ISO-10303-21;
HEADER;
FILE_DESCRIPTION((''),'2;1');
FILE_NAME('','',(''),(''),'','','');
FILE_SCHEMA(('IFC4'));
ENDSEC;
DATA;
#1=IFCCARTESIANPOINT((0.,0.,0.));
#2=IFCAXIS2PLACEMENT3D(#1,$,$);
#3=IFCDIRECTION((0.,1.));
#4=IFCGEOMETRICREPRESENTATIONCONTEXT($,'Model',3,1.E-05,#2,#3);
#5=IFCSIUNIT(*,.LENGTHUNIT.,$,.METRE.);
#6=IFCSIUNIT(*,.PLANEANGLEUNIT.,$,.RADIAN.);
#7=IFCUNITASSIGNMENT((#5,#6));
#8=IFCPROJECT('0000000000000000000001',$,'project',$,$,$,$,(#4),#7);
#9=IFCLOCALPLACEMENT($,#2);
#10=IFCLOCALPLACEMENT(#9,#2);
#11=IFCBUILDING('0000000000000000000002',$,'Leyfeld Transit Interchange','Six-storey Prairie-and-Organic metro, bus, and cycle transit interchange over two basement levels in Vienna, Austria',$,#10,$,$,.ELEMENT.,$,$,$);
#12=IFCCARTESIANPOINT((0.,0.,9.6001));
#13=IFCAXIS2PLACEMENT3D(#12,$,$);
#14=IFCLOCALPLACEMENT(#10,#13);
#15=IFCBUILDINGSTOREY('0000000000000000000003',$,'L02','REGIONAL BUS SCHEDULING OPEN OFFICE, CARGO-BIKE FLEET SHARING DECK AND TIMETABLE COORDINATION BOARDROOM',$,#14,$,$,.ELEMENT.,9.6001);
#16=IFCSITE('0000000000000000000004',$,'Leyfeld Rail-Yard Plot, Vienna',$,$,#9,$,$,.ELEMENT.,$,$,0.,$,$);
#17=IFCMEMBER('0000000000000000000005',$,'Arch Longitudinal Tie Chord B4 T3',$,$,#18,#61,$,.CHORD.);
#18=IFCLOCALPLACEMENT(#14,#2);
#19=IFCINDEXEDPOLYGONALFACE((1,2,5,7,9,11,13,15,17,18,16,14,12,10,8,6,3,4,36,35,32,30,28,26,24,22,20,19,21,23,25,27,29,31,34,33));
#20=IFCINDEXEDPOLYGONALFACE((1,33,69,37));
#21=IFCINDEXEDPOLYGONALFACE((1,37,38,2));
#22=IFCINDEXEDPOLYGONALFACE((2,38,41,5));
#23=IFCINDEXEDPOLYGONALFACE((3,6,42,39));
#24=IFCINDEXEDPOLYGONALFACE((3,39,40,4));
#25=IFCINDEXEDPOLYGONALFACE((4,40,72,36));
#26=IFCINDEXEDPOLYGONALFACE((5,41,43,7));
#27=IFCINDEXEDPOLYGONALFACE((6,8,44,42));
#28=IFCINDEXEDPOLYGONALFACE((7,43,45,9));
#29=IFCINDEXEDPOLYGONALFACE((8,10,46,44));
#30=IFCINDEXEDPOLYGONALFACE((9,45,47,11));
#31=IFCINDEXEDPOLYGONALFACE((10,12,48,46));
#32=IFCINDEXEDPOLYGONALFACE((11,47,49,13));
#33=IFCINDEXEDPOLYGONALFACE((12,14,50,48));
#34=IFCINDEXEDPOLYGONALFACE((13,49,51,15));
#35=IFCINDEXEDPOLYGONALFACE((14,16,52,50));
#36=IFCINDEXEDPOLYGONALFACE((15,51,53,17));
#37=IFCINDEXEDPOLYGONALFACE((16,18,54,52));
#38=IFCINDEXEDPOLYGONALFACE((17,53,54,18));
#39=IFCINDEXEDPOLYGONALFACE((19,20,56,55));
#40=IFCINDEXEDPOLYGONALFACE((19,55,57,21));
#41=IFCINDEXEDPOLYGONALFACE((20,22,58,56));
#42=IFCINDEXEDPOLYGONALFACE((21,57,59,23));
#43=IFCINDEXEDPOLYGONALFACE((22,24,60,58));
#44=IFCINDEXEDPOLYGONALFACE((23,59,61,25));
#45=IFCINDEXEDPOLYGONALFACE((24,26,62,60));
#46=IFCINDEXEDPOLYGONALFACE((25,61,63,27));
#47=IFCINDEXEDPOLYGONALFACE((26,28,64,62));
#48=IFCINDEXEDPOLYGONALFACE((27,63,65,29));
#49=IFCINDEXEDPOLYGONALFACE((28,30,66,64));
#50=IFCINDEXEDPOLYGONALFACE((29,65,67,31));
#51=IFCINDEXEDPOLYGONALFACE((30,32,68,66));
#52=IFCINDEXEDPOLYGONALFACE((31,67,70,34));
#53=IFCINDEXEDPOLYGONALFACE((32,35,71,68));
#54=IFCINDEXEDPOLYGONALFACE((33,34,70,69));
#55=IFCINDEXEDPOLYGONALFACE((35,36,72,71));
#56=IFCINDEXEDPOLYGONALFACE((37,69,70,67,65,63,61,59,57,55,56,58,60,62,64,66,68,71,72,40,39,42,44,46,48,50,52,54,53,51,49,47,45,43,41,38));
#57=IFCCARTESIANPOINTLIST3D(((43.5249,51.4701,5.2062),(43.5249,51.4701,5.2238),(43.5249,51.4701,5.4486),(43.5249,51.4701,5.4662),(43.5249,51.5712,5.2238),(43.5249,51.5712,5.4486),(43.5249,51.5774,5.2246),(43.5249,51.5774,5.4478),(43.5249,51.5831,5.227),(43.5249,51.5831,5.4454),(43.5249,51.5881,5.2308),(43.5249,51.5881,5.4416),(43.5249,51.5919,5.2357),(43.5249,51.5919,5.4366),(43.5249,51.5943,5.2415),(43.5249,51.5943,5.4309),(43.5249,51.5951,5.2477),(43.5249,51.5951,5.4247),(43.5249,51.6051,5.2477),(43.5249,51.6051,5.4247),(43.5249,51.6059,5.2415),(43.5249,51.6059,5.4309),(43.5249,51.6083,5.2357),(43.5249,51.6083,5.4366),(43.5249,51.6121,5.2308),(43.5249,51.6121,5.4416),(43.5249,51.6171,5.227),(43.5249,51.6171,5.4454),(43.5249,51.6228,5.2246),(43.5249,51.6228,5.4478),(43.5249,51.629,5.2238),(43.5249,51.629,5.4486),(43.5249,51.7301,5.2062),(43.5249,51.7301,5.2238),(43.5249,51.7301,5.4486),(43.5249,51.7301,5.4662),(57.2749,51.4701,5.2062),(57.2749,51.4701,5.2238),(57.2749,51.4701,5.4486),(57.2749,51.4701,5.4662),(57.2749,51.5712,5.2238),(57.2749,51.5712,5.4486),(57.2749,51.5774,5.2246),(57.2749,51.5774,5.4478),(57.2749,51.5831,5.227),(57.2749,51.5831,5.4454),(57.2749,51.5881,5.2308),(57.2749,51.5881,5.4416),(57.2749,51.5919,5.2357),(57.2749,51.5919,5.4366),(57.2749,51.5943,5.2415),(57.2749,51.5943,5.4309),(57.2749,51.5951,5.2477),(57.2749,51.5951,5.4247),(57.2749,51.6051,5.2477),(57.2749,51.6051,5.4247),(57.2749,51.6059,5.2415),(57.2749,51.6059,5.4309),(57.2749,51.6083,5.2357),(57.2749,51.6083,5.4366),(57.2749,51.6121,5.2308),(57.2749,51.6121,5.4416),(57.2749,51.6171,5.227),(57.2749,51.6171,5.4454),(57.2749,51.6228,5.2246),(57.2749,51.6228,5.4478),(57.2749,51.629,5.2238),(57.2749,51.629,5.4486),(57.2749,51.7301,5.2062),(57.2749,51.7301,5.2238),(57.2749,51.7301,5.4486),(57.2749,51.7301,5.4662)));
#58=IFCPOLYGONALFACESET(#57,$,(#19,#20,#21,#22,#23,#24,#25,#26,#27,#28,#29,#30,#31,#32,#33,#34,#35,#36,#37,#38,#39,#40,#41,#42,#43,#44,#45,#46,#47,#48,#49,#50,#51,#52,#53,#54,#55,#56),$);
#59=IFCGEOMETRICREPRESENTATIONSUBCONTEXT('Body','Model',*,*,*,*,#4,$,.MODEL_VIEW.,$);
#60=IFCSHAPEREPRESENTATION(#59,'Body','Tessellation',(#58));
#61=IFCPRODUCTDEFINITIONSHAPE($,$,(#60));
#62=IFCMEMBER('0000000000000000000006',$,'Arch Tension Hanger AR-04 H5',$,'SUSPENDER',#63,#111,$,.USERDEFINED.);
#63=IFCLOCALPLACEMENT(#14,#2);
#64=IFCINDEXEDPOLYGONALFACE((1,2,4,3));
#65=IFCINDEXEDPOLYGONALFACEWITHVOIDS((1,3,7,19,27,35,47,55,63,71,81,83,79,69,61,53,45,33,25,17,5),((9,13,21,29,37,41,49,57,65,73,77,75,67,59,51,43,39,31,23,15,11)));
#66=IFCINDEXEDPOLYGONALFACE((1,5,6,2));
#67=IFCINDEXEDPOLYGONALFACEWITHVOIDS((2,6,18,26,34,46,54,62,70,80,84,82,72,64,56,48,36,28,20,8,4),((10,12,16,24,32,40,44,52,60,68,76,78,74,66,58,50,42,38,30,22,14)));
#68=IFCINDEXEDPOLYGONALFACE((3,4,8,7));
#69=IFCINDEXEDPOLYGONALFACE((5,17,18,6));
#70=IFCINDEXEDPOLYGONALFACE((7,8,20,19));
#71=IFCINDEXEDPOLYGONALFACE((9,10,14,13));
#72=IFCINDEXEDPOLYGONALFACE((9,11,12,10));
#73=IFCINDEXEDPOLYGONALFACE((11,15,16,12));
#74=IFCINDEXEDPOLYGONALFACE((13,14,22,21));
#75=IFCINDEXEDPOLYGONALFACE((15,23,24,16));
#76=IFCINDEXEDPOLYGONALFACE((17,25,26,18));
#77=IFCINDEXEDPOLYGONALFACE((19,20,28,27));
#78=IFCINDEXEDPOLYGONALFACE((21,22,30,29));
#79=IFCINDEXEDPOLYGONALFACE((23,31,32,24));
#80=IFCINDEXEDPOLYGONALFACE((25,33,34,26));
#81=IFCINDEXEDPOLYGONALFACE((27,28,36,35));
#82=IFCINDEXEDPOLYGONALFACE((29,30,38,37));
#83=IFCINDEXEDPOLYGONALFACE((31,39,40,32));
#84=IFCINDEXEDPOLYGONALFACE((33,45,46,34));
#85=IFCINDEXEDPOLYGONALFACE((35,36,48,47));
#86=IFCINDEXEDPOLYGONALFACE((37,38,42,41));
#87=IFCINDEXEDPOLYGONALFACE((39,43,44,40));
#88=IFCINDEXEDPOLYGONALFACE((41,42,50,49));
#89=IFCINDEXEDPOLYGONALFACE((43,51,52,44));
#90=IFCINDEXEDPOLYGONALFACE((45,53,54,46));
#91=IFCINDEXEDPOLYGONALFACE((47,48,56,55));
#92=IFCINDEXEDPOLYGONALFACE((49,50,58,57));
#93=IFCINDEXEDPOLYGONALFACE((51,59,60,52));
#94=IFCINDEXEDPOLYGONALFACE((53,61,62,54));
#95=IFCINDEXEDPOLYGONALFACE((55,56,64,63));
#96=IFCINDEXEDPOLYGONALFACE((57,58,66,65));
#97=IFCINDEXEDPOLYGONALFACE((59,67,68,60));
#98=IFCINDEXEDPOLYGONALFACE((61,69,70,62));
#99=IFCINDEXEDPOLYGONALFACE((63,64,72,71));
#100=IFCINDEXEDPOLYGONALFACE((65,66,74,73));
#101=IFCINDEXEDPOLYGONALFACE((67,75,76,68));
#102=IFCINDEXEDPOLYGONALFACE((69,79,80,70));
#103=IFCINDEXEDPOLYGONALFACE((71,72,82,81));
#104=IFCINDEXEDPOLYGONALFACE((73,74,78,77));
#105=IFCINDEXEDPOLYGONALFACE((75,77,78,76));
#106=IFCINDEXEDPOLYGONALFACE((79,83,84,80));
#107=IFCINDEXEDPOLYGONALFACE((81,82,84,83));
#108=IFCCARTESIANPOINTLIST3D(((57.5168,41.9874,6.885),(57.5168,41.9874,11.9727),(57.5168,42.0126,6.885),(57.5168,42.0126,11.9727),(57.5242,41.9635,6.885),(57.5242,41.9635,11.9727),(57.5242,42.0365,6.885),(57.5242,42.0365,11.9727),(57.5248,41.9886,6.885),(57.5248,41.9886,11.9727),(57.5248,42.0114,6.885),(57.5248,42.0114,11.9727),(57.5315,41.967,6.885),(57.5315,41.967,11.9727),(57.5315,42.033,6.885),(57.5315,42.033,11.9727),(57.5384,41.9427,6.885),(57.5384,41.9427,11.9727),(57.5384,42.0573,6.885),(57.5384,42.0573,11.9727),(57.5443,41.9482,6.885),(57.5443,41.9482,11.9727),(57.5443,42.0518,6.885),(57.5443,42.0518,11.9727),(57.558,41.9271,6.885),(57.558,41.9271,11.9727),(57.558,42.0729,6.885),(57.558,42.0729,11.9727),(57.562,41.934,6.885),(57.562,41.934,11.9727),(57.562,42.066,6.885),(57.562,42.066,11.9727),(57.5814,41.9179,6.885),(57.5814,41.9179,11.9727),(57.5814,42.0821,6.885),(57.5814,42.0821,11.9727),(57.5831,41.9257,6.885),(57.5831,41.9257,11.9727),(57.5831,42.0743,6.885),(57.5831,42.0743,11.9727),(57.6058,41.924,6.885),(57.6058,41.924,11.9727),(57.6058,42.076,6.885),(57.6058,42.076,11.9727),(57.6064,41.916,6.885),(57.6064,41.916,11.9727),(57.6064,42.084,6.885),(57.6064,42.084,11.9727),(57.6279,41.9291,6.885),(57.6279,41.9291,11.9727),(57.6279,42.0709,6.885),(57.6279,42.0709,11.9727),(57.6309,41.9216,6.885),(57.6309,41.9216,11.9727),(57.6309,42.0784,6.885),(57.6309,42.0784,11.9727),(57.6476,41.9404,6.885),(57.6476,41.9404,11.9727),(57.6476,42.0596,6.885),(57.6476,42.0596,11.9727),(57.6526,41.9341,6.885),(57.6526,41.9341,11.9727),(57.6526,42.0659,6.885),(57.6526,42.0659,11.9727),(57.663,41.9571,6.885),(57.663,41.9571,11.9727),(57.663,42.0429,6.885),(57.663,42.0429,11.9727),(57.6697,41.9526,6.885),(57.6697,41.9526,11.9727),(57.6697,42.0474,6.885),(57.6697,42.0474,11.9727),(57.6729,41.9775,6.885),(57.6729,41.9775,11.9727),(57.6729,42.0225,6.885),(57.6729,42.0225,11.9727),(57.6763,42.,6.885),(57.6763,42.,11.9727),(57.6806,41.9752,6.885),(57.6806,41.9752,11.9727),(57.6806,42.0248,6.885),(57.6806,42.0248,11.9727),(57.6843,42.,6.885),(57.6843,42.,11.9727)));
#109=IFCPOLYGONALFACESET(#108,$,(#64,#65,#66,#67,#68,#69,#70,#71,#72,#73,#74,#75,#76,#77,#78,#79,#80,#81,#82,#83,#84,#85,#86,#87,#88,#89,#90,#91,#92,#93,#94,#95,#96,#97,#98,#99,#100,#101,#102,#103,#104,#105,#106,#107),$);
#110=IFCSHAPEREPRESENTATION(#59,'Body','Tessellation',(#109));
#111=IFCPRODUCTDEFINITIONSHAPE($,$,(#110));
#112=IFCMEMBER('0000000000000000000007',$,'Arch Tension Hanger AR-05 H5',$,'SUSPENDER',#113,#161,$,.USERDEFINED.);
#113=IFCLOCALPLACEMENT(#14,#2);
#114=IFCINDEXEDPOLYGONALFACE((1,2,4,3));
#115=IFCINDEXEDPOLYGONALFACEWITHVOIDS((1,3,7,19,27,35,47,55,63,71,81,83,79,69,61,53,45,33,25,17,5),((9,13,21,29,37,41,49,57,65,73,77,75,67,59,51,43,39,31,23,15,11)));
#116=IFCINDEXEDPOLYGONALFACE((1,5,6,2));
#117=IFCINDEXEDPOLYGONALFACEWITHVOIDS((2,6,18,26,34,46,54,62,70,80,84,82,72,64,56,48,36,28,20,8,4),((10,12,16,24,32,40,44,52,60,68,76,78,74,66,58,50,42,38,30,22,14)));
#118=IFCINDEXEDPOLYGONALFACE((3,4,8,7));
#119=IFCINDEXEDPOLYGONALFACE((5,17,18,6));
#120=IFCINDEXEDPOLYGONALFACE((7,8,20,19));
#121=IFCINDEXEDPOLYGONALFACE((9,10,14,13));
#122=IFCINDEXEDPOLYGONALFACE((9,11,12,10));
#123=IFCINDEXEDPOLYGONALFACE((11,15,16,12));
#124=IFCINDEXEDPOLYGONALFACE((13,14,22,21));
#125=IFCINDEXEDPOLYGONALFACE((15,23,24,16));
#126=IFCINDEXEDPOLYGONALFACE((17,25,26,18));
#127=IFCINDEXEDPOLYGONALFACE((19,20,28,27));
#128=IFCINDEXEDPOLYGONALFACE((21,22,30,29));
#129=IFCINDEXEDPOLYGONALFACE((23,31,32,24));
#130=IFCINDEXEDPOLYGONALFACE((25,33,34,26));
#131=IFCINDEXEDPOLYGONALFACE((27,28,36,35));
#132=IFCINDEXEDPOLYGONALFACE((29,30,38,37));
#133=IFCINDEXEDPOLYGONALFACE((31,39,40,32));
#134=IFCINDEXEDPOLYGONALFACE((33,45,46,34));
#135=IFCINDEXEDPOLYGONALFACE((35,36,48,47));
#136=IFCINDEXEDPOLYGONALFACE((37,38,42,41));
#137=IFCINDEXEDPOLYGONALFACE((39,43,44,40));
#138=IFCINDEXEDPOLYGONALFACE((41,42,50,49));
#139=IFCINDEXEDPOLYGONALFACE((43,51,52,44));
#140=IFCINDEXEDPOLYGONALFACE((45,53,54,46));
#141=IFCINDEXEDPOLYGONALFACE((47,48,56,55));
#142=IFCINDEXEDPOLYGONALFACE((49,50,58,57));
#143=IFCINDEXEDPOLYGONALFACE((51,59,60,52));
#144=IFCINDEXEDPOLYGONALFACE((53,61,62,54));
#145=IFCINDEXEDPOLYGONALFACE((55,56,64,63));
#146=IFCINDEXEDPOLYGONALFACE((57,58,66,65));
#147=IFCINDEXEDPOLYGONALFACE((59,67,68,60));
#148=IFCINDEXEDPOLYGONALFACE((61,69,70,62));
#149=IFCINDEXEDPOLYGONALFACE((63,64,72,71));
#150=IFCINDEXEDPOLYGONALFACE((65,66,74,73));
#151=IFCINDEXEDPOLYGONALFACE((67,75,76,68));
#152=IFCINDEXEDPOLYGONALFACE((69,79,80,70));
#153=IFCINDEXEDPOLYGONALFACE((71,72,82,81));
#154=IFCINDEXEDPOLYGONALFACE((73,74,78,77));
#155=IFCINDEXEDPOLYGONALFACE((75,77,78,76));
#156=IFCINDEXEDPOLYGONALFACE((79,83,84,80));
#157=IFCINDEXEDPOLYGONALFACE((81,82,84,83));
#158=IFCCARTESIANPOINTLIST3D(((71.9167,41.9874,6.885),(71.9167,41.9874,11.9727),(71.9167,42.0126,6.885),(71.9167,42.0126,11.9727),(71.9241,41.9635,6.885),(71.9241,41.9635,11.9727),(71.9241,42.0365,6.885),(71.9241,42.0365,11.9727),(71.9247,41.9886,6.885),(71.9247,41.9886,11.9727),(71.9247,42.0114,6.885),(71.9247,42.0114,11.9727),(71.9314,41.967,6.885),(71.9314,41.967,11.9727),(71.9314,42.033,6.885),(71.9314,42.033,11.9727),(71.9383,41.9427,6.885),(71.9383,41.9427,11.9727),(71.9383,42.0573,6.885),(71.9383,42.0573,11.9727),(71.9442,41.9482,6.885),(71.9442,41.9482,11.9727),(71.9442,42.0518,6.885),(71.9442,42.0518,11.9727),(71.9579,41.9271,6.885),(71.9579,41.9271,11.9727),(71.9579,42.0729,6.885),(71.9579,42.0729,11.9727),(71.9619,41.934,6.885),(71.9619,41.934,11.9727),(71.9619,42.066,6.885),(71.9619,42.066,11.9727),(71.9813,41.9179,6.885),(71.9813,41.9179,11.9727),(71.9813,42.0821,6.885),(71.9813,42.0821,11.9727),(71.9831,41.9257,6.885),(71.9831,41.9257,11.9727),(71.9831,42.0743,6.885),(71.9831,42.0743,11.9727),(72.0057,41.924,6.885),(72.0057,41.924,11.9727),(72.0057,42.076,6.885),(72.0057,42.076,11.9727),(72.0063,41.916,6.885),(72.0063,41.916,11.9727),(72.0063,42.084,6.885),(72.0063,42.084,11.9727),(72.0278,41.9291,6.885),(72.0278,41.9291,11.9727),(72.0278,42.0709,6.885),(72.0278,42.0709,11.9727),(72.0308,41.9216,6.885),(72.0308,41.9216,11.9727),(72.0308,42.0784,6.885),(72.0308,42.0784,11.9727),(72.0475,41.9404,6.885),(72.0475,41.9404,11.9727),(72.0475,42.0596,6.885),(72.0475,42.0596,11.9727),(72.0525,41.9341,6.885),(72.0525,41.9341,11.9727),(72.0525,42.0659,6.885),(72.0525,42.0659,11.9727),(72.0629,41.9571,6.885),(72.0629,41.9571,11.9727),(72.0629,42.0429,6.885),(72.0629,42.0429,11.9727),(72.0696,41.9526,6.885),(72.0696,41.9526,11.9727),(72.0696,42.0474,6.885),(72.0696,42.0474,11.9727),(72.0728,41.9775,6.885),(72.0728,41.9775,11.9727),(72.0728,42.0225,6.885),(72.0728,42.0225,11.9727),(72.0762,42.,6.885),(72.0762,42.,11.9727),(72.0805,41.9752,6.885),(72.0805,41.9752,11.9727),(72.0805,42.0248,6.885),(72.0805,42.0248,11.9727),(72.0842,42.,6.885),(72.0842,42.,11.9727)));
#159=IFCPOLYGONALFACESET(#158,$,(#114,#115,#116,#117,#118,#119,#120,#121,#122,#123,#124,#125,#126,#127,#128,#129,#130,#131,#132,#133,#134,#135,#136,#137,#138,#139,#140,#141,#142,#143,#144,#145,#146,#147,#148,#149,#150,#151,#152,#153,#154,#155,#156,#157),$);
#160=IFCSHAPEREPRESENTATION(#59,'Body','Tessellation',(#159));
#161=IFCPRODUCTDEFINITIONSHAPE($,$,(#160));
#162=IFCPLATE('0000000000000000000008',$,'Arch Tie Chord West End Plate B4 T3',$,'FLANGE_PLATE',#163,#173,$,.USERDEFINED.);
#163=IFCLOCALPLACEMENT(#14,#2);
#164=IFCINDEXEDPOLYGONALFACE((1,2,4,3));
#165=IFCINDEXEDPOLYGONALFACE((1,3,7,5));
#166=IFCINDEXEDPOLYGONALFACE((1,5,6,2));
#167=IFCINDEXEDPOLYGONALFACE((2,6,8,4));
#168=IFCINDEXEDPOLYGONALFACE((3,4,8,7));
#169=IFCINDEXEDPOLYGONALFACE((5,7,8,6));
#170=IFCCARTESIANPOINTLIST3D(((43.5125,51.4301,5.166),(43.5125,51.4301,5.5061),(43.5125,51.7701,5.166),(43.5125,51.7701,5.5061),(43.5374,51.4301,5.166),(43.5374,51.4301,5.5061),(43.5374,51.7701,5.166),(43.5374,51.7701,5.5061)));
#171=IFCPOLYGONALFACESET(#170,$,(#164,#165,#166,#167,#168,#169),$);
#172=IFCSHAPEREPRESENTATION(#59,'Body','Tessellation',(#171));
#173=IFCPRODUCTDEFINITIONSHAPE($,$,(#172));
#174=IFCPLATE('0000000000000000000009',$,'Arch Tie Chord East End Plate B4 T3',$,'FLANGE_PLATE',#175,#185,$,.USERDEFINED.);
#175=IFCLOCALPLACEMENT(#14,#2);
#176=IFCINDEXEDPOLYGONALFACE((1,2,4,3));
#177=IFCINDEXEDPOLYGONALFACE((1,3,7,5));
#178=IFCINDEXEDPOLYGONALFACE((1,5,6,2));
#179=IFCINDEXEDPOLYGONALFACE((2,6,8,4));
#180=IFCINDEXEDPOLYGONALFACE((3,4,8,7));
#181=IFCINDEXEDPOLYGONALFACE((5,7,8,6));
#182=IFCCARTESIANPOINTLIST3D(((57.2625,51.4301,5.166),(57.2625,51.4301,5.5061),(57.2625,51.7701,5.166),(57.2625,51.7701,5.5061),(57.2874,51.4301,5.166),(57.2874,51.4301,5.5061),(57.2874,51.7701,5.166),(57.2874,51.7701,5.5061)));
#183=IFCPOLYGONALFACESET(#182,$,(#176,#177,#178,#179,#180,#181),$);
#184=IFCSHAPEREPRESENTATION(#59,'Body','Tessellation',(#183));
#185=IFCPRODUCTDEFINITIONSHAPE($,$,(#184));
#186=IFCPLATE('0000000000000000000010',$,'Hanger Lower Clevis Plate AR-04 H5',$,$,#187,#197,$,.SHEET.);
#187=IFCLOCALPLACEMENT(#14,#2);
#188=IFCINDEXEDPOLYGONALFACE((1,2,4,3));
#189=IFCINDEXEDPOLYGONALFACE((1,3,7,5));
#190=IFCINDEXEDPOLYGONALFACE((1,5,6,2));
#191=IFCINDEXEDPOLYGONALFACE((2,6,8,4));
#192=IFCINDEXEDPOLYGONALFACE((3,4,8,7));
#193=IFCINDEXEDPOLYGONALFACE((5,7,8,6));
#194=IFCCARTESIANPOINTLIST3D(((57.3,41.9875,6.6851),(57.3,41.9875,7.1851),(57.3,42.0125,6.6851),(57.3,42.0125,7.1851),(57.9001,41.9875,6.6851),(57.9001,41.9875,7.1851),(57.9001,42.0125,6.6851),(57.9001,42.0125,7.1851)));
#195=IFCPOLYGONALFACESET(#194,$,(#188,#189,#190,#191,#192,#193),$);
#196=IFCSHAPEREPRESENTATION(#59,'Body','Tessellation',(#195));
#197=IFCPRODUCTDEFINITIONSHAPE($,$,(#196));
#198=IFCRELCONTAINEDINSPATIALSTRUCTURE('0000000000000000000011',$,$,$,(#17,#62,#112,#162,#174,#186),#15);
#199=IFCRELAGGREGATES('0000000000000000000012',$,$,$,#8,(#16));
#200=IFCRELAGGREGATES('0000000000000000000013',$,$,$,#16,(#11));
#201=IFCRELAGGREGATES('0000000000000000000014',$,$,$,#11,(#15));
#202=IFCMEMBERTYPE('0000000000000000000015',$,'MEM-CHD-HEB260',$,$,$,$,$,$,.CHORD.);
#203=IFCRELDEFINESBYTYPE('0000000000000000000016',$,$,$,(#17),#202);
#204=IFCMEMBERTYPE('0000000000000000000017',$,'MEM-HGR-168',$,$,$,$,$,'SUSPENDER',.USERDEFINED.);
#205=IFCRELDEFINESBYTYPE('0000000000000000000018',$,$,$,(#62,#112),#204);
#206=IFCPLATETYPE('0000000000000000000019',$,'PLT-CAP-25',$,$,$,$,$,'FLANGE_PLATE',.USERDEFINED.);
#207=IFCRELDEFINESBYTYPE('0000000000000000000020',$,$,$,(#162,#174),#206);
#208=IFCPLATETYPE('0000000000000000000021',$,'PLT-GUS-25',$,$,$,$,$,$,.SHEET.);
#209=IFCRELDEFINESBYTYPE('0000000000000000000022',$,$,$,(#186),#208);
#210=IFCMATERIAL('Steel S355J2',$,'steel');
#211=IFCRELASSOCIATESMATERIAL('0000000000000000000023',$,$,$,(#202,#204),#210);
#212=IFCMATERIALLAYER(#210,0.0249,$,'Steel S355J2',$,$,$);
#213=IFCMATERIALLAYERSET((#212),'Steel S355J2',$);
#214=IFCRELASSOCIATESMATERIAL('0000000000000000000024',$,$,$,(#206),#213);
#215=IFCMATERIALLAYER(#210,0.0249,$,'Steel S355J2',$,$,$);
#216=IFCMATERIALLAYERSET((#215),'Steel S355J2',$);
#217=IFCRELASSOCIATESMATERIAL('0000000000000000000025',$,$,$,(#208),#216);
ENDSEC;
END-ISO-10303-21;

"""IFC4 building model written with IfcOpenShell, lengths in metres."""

from ifc_helpers import new_model, si_unit, direction, frame, origin, origin_2d, place, context, subcontext, project, spatial, rectangle, hollow_circle, i_section, extrude, material, layer, layer_set, material_profile, profile_set, type_object, element, save


model = new_model("IFC4")

# Units and contexts
model_context = context("Model", 3, precision=1e-05, world=origin(), true_north=direction((0.0, 1.0)))
body_context = subcontext(model_context, "Body", "Model", "MODEL_VIEW")
ifc_project = project(units=[si_unit("LENGTHUNIT", "METRE"), si_unit("PLANEANGLEUNIT", "RADIAN")], contexts=[model_context])

# Site, building, storey
site_placement = place(None, origin())
site = spatial("IfcSite", under=ifc_project, at=site_placement, Name="Leyfeld Rail-Yard Plot, Vienna", CompositionType="ELEMENT", RefElevation=0.0)
building_placement = place(site_placement, origin())
building = spatial("IfcBuilding", under=site, at=building_placement, Name="Leyfeld Transit Interchange", Description="Six-storey Prairie-and-Organic metro, bus, and cycle transit interchange over two basement levels in Vienna, Austria", CompositionType="ELEMENT")
storey_placement = place(building_placement, frame((0.0, 0.0, 9.6001)))
storey = spatial("IfcBuildingStorey", under=building, at=storey_placement, Name="L02", Description="REGIONAL BUS SCHEDULING OPEN OFFICE, CARGO-BIKE FLEET SHARING DECK AND TIMETABLE COORDINATION BOARDROOM", CompositionType="ELEMENT", Elevation=9.6001)

# Members
ifc_material_1 = material(Name="Steel S355J2", Category="steel")
ifc_material_profile_1 = material_profile(ifc_material_1, i_section(OverallWidth=0.26, OverallDepth=0.26, WebThickness=0.01, FlangeThickness=0.0176, FilletRadius=0.0239, at=origin_2d()), Name="HEB 260")
ifc_profile_set_1 = profile_set([ifc_material_profile_1], Name="Steel S355J2")
member_type_1 = type_object("IfcMemberType", Name="MEM-CHD-HEB260", PredefinedType="CHORD", material=ifc_profile_set_1)
member_1_placement = place(storey_placement, frame((43.5249, 51.6001, 5.3362), z_axis=(1.0, 0.0, 0.0), x_axis=(0.0, 1.0, 0.0)))
element("IfcMember", 1, at=member_1_placement, inside=storey, type_object=member_type_1, Name="Arch Longitudinal Tie Chord B4 T3", PredefinedType="CHORD", context=body_context, shape_type="SweptSolid", body=[
    extrude(i_section(OverallWidth=0.26, OverallDepth=0.26, WebThickness=0.01, FlangeThickness=0.0176, FilletRadius=0.0239, at=origin_2d()), origin(), (0.0, 0.0, 1.0), 13.75),
])
ifc_material_profile_2 = material_profile(ifc_material_1, hollow_circle(Radius=0.0842, WallThickness=0.0081, at=origin_2d()), Name="CHS 168.3x8")
ifc_profile_set_2 = profile_set([ifc_material_profile_2], Name="Steel S355J2")
member_type_2 = type_object("IfcMemberType", Name="MEM-HGR-168", ElementType="SUSPENDER", PredefinedType="USERDEFINED", material=ifc_profile_set_2)
for number, where, z_axis, x_axis, name in (
    (2, (57.6001, 42.0, 6.885), (0.0, 0.0, 1.0), (1.0, 0.0, 0.0), "Arch Tension Hanger AR-04 H5"),
    (3, (72.0, 42.0, 6.885), (0.0, 0.0, 1.0), (1.0, 0.0, 0.0), "Arch Tension Hanger AR-05 H5"),
):
    element("IfcMember", number, at=place(storey_placement, frame(where, z_axis=z_axis, x_axis=x_axis)), inside=storey, type_object=member_type_2, Name=name, ObjectType="SUSPENDER", PredefinedType="USERDEFINED", context=body_context, shape_type="SweptSolid", body=[
        extrude(hollow_circle(Radius=0.0842, WallThickness=0.0081, at=origin_2d()), origin(), (0.0, 0.0, 1.0), 5.0876),
    ])

# Plates
ifc_layer_1 = layer(ifc_material_1, 0.0249, Name="Steel S355J2")
ifc_layer_set_1 = layer_set([ifc_layer_1], Name="Steel S355J2")
plate_type_1 = type_object("IfcPlateType", Name="PLT-CAP-25", ElementType="FLANGE_PLATE", PredefinedType="USERDEFINED", material=ifc_layer_set_1)
for number, where, z_axis, x_axis, name in (
    (4, (43.5249, 51.6001, 5.166), (0.0, 0.0, 1.0), (0.0, 1.0, 0.0), "Arch Tie Chord West End Plate B4 T3"),
    (5, (57.2749, 51.6001, 5.166), (0.0, 0.0, 1.0), (0.0, 1.0, 0.0), "Arch Tie Chord East End Plate B4 T3"),
):
    element("IfcPlate", number, at=place(storey_placement, frame(where, z_axis=z_axis, x_axis=x_axis)), inside=storey, type_object=plate_type_1, Name=name, ObjectType="FLANGE_PLATE", PredefinedType="USERDEFINED", context=body_context, shape_type="SweptSolid", body=[
        extrude(rectangle(XDim=0.3401, YDim=0.0249, at=origin_2d()), origin(), (0.0, 0.0, 1.0), 0.3401),
    ])
ifc_layer_2 = layer(ifc_material_1, 0.0249, Name="Steel S355J2")
ifc_layer_set_2 = layer_set([ifc_layer_2], Name="Steel S355J2")
plate_type_2 = type_object("IfcPlateType", Name="PLT-GUS-25", PredefinedType="SHEET", material=ifc_layer_set_2)
for number, where, z_axis, x_axis, name in (
    (6, (57.6001, 42.0, 6.6851), (0.0, 0.0, 1.0), (1.0, 0.0, 0.0), "Hanger Lower Clevis Plate AR-04 H5"),
):
    element("IfcPlate", number, at=place(storey_placement, frame(where, z_axis=z_axis, x_axis=x_axis)), inside=storey, type_object=plate_type_2, Name=name, PredefinedType="SHEET", context=body_context, shape_type="SweptSolid", body=[
        extrude(rectangle(XDim=0.6001, YDim=0.0249, at=origin_2d()), origin(), (0.0, 0.0, 1.0), 0.5),
    ])

save(model, "model.ifc")
